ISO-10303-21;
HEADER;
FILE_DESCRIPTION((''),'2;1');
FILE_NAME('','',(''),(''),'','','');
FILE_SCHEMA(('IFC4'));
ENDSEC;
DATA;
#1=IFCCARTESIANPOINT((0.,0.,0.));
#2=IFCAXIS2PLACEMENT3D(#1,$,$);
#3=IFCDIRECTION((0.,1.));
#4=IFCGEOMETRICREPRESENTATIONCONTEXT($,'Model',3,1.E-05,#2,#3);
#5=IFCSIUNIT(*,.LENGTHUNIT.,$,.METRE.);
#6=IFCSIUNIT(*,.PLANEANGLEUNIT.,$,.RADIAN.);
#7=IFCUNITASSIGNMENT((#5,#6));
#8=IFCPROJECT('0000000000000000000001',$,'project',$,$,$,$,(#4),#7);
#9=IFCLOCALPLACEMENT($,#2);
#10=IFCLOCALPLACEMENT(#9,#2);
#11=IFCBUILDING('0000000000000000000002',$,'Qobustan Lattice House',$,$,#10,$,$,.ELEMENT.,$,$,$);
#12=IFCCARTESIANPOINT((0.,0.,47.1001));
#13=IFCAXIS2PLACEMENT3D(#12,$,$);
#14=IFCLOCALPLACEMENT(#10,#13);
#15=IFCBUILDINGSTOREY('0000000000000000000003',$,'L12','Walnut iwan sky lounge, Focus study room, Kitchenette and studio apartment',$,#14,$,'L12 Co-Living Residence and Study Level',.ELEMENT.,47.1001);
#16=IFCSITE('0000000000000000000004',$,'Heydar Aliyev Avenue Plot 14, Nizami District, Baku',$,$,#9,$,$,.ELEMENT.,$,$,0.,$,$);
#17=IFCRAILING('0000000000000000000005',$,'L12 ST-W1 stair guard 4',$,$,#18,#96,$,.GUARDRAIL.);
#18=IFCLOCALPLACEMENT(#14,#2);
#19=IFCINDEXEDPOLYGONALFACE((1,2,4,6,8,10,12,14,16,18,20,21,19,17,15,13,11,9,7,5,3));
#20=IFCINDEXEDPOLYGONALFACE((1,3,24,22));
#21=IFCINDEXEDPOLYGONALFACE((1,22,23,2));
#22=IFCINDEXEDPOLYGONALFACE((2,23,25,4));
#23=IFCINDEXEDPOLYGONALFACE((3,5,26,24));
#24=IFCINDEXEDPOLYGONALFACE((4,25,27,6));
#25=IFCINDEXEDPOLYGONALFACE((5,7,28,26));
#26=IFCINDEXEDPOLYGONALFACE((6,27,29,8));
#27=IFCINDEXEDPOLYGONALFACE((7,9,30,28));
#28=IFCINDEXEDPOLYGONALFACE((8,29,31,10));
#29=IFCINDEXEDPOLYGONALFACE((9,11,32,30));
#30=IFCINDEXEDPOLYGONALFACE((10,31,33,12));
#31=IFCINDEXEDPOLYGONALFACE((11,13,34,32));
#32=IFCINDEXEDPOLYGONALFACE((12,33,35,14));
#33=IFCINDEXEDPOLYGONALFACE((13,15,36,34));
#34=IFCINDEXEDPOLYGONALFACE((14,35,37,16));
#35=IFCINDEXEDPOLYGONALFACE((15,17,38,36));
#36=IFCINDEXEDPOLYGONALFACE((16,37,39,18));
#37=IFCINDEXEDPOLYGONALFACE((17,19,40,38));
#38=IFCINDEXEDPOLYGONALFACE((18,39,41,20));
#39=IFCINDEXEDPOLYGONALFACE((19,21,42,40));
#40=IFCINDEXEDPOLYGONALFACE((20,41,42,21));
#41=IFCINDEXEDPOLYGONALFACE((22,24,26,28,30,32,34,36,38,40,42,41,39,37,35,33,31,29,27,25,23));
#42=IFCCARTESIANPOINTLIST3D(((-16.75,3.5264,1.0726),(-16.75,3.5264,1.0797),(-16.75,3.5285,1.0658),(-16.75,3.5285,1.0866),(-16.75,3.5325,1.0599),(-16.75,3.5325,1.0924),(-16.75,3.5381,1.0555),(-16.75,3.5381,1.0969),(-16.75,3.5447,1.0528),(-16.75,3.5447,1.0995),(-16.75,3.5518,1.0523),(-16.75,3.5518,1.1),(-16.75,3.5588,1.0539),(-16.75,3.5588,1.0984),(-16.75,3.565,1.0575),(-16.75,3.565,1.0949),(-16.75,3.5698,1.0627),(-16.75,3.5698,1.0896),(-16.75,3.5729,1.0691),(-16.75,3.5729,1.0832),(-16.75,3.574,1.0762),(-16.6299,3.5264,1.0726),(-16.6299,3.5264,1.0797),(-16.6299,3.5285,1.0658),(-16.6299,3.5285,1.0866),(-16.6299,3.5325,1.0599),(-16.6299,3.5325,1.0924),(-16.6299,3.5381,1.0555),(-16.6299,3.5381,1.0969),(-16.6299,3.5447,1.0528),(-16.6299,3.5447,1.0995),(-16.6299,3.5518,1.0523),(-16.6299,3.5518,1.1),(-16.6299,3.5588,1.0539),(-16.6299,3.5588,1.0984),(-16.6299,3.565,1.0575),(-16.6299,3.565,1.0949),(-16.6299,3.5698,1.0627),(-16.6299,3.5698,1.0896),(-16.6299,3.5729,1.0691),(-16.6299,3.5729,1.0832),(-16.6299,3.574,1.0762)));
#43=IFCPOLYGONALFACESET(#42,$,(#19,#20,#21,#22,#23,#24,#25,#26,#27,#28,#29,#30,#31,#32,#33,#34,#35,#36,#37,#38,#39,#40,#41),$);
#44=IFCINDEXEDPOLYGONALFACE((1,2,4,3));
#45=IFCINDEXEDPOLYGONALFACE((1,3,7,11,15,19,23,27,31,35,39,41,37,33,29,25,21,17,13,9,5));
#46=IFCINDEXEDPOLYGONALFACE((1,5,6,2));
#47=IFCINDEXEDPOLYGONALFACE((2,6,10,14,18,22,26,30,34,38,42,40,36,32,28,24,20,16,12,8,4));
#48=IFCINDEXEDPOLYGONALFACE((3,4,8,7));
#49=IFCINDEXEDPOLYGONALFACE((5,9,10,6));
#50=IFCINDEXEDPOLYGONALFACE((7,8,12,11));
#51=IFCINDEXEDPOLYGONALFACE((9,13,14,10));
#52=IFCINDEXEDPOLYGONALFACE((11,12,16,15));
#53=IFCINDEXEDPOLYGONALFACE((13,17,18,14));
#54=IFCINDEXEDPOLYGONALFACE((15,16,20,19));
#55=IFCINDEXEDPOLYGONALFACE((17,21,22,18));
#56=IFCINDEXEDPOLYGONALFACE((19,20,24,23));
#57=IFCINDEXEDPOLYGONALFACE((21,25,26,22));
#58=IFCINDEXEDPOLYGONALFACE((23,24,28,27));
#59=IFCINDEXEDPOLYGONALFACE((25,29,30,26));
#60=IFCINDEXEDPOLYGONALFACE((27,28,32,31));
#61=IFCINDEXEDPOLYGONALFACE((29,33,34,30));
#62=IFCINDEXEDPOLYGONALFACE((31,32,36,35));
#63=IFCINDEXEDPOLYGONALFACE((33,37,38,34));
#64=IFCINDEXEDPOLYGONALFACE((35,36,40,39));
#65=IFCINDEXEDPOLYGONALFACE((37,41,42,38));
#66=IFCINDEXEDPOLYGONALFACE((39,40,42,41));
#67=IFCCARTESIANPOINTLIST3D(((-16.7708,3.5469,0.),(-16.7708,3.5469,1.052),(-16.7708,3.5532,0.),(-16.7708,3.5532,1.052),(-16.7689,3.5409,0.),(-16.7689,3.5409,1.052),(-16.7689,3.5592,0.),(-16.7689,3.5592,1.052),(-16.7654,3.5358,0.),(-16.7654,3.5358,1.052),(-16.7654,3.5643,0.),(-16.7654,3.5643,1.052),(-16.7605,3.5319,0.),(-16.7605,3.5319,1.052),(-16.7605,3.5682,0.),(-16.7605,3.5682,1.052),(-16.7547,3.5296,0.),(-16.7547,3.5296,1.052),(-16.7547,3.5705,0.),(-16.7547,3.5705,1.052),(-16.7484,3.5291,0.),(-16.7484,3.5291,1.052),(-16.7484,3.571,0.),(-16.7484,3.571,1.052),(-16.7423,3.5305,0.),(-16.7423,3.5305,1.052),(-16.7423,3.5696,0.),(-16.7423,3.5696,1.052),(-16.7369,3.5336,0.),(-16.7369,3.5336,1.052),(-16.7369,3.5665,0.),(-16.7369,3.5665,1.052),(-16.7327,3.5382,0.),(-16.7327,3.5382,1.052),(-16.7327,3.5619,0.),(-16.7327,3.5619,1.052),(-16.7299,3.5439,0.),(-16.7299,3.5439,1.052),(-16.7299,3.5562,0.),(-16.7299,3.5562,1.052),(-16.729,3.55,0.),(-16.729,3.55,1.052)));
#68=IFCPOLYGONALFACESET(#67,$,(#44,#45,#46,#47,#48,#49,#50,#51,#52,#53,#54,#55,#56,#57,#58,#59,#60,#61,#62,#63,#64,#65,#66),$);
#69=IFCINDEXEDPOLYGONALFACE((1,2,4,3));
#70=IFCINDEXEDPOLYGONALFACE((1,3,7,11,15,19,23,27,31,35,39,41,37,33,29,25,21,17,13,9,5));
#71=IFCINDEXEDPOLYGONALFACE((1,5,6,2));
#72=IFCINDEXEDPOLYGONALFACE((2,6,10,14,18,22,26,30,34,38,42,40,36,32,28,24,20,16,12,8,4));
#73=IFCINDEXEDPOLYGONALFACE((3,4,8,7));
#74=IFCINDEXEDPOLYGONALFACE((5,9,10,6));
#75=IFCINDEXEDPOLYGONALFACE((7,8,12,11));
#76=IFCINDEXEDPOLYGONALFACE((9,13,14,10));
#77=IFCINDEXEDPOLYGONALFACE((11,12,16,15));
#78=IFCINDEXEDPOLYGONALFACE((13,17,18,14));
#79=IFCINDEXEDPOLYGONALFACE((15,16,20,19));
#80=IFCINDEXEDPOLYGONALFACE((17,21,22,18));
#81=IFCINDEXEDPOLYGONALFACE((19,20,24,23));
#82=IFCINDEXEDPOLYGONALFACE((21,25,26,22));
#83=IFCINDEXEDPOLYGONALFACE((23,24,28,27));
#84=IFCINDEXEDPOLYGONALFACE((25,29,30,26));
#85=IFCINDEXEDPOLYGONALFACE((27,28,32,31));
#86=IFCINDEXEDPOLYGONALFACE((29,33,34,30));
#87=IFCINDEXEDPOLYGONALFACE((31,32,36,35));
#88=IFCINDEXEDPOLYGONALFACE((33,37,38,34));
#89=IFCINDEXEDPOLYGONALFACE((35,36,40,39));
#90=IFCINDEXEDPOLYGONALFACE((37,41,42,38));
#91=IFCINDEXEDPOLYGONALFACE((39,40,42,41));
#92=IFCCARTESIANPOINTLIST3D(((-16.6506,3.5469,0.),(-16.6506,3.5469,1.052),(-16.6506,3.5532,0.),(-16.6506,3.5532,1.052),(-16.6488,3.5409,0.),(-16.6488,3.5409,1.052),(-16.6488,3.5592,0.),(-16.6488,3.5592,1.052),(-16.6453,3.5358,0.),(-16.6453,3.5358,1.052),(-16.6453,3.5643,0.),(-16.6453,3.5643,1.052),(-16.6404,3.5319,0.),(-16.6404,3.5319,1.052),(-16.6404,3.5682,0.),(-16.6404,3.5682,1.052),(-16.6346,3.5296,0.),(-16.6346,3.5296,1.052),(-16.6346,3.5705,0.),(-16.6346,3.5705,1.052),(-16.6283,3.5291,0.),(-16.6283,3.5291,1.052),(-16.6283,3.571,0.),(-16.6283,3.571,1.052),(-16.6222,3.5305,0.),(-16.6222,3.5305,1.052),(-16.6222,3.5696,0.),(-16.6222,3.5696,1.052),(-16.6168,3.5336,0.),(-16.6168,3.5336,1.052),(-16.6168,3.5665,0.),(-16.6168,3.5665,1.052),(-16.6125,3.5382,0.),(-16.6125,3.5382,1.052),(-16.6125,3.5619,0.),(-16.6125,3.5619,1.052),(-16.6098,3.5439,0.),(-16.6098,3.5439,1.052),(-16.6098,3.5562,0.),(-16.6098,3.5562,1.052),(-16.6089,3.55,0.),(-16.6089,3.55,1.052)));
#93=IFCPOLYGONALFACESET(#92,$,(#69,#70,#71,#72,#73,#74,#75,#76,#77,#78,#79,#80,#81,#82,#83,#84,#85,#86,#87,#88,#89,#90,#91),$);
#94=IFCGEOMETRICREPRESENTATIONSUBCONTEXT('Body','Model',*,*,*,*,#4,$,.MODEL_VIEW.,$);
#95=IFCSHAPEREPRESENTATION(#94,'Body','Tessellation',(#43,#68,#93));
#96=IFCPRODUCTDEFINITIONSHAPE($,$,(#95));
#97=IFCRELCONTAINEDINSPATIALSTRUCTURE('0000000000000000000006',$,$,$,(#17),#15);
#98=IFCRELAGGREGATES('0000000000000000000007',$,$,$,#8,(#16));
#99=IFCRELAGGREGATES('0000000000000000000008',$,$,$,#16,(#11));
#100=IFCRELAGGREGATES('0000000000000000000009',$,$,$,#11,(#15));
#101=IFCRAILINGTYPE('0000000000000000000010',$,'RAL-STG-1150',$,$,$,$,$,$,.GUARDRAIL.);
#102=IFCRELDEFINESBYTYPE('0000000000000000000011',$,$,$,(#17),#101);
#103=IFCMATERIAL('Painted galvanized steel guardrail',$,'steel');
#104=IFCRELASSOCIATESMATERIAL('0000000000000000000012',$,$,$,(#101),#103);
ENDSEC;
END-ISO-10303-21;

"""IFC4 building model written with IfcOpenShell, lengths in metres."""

from ifc_helpers import new_model, si_unit, direction, frame, origin, origin_2d, place, context, subcontext, project, spatial, circle, extrude, material, type_object, element, save


model = new_model("IFC4")

# Units and contexts
model_context = context("Model", 3, precision=1e-05, world=origin(), true_north=direction((0.0, 1.0)))
body_context = subcontext(model_context, "Body", "Model", "MODEL_VIEW")
ifc_project = project(units=[si_unit("LENGTHUNIT", "METRE"), si_unit("PLANEANGLEUNIT", "RADIAN")], contexts=[model_context])

# Site, building, storey
site_placement = place(None, origin())
site = spatial("IfcSite", under=ifc_project, at=site_placement, Name="Heydar Aliyev Avenue Plot 14, Nizami District, Baku", CompositionType="ELEMENT", RefElevation=0.0)
building_placement = place(site_placement, origin())
building = spatial("IfcBuilding", under=site, at=building_placement, Name="Qobustan Lattice House", CompositionType="ELEMENT")
storey_placement = place(building_placement, frame((0.0, 0.0, 47.1001)))
storey = spatial("IfcBuildingStorey", under=building, at=storey_placement, Name="L12", Description="Walnut iwan sky lounge, Focus study room, Kitchenette and studio apartment", LongName="L12 Co-Living Residence and Study Level", CompositionType="ELEMENT", Elevation=47.1001)

# Railing
ifc_material_1 = material(Name="Painted galvanized steel guardrail", Category="steel")
railing_type_1 = type_object("IfcRailingType", Name="RAL-STG-1150", PredefinedType="GUARDRAIL", material=ifc_material_1)
railing_1_placement = place(storey_placement, frame((-16.75, 3.55, 0.0)))
element("IfcRailing", 1, at=railing_1_placement, inside=storey, type_object=railing_type_1, Name="L12 ST-W1 stair guard 4", PredefinedType="GUARDRAIL", context=body_context, shape_type="SweptSolid", body=[
    extrude(circle(Radius=0.0239, at=origin_2d()), frame((0.0, 0.0, 1.0762), z_axis=(1.0, 0.0, 0.0), x_axis=(0.0, 1.0, 0.0)), (0.0, 0.0, 1.0), 0.1201),
    extrude(circle(Radius=0.021, at=origin_2d()), origin(), (0.0, 0.0, 1.0), 1.052),
    extrude(circle(Radius=0.021, at=origin_2d()), frame((0.1201, 0.0, 0.0)), (0.0, 0.0, 1.0), 1.052),
])

save(model, "model.ifc")
